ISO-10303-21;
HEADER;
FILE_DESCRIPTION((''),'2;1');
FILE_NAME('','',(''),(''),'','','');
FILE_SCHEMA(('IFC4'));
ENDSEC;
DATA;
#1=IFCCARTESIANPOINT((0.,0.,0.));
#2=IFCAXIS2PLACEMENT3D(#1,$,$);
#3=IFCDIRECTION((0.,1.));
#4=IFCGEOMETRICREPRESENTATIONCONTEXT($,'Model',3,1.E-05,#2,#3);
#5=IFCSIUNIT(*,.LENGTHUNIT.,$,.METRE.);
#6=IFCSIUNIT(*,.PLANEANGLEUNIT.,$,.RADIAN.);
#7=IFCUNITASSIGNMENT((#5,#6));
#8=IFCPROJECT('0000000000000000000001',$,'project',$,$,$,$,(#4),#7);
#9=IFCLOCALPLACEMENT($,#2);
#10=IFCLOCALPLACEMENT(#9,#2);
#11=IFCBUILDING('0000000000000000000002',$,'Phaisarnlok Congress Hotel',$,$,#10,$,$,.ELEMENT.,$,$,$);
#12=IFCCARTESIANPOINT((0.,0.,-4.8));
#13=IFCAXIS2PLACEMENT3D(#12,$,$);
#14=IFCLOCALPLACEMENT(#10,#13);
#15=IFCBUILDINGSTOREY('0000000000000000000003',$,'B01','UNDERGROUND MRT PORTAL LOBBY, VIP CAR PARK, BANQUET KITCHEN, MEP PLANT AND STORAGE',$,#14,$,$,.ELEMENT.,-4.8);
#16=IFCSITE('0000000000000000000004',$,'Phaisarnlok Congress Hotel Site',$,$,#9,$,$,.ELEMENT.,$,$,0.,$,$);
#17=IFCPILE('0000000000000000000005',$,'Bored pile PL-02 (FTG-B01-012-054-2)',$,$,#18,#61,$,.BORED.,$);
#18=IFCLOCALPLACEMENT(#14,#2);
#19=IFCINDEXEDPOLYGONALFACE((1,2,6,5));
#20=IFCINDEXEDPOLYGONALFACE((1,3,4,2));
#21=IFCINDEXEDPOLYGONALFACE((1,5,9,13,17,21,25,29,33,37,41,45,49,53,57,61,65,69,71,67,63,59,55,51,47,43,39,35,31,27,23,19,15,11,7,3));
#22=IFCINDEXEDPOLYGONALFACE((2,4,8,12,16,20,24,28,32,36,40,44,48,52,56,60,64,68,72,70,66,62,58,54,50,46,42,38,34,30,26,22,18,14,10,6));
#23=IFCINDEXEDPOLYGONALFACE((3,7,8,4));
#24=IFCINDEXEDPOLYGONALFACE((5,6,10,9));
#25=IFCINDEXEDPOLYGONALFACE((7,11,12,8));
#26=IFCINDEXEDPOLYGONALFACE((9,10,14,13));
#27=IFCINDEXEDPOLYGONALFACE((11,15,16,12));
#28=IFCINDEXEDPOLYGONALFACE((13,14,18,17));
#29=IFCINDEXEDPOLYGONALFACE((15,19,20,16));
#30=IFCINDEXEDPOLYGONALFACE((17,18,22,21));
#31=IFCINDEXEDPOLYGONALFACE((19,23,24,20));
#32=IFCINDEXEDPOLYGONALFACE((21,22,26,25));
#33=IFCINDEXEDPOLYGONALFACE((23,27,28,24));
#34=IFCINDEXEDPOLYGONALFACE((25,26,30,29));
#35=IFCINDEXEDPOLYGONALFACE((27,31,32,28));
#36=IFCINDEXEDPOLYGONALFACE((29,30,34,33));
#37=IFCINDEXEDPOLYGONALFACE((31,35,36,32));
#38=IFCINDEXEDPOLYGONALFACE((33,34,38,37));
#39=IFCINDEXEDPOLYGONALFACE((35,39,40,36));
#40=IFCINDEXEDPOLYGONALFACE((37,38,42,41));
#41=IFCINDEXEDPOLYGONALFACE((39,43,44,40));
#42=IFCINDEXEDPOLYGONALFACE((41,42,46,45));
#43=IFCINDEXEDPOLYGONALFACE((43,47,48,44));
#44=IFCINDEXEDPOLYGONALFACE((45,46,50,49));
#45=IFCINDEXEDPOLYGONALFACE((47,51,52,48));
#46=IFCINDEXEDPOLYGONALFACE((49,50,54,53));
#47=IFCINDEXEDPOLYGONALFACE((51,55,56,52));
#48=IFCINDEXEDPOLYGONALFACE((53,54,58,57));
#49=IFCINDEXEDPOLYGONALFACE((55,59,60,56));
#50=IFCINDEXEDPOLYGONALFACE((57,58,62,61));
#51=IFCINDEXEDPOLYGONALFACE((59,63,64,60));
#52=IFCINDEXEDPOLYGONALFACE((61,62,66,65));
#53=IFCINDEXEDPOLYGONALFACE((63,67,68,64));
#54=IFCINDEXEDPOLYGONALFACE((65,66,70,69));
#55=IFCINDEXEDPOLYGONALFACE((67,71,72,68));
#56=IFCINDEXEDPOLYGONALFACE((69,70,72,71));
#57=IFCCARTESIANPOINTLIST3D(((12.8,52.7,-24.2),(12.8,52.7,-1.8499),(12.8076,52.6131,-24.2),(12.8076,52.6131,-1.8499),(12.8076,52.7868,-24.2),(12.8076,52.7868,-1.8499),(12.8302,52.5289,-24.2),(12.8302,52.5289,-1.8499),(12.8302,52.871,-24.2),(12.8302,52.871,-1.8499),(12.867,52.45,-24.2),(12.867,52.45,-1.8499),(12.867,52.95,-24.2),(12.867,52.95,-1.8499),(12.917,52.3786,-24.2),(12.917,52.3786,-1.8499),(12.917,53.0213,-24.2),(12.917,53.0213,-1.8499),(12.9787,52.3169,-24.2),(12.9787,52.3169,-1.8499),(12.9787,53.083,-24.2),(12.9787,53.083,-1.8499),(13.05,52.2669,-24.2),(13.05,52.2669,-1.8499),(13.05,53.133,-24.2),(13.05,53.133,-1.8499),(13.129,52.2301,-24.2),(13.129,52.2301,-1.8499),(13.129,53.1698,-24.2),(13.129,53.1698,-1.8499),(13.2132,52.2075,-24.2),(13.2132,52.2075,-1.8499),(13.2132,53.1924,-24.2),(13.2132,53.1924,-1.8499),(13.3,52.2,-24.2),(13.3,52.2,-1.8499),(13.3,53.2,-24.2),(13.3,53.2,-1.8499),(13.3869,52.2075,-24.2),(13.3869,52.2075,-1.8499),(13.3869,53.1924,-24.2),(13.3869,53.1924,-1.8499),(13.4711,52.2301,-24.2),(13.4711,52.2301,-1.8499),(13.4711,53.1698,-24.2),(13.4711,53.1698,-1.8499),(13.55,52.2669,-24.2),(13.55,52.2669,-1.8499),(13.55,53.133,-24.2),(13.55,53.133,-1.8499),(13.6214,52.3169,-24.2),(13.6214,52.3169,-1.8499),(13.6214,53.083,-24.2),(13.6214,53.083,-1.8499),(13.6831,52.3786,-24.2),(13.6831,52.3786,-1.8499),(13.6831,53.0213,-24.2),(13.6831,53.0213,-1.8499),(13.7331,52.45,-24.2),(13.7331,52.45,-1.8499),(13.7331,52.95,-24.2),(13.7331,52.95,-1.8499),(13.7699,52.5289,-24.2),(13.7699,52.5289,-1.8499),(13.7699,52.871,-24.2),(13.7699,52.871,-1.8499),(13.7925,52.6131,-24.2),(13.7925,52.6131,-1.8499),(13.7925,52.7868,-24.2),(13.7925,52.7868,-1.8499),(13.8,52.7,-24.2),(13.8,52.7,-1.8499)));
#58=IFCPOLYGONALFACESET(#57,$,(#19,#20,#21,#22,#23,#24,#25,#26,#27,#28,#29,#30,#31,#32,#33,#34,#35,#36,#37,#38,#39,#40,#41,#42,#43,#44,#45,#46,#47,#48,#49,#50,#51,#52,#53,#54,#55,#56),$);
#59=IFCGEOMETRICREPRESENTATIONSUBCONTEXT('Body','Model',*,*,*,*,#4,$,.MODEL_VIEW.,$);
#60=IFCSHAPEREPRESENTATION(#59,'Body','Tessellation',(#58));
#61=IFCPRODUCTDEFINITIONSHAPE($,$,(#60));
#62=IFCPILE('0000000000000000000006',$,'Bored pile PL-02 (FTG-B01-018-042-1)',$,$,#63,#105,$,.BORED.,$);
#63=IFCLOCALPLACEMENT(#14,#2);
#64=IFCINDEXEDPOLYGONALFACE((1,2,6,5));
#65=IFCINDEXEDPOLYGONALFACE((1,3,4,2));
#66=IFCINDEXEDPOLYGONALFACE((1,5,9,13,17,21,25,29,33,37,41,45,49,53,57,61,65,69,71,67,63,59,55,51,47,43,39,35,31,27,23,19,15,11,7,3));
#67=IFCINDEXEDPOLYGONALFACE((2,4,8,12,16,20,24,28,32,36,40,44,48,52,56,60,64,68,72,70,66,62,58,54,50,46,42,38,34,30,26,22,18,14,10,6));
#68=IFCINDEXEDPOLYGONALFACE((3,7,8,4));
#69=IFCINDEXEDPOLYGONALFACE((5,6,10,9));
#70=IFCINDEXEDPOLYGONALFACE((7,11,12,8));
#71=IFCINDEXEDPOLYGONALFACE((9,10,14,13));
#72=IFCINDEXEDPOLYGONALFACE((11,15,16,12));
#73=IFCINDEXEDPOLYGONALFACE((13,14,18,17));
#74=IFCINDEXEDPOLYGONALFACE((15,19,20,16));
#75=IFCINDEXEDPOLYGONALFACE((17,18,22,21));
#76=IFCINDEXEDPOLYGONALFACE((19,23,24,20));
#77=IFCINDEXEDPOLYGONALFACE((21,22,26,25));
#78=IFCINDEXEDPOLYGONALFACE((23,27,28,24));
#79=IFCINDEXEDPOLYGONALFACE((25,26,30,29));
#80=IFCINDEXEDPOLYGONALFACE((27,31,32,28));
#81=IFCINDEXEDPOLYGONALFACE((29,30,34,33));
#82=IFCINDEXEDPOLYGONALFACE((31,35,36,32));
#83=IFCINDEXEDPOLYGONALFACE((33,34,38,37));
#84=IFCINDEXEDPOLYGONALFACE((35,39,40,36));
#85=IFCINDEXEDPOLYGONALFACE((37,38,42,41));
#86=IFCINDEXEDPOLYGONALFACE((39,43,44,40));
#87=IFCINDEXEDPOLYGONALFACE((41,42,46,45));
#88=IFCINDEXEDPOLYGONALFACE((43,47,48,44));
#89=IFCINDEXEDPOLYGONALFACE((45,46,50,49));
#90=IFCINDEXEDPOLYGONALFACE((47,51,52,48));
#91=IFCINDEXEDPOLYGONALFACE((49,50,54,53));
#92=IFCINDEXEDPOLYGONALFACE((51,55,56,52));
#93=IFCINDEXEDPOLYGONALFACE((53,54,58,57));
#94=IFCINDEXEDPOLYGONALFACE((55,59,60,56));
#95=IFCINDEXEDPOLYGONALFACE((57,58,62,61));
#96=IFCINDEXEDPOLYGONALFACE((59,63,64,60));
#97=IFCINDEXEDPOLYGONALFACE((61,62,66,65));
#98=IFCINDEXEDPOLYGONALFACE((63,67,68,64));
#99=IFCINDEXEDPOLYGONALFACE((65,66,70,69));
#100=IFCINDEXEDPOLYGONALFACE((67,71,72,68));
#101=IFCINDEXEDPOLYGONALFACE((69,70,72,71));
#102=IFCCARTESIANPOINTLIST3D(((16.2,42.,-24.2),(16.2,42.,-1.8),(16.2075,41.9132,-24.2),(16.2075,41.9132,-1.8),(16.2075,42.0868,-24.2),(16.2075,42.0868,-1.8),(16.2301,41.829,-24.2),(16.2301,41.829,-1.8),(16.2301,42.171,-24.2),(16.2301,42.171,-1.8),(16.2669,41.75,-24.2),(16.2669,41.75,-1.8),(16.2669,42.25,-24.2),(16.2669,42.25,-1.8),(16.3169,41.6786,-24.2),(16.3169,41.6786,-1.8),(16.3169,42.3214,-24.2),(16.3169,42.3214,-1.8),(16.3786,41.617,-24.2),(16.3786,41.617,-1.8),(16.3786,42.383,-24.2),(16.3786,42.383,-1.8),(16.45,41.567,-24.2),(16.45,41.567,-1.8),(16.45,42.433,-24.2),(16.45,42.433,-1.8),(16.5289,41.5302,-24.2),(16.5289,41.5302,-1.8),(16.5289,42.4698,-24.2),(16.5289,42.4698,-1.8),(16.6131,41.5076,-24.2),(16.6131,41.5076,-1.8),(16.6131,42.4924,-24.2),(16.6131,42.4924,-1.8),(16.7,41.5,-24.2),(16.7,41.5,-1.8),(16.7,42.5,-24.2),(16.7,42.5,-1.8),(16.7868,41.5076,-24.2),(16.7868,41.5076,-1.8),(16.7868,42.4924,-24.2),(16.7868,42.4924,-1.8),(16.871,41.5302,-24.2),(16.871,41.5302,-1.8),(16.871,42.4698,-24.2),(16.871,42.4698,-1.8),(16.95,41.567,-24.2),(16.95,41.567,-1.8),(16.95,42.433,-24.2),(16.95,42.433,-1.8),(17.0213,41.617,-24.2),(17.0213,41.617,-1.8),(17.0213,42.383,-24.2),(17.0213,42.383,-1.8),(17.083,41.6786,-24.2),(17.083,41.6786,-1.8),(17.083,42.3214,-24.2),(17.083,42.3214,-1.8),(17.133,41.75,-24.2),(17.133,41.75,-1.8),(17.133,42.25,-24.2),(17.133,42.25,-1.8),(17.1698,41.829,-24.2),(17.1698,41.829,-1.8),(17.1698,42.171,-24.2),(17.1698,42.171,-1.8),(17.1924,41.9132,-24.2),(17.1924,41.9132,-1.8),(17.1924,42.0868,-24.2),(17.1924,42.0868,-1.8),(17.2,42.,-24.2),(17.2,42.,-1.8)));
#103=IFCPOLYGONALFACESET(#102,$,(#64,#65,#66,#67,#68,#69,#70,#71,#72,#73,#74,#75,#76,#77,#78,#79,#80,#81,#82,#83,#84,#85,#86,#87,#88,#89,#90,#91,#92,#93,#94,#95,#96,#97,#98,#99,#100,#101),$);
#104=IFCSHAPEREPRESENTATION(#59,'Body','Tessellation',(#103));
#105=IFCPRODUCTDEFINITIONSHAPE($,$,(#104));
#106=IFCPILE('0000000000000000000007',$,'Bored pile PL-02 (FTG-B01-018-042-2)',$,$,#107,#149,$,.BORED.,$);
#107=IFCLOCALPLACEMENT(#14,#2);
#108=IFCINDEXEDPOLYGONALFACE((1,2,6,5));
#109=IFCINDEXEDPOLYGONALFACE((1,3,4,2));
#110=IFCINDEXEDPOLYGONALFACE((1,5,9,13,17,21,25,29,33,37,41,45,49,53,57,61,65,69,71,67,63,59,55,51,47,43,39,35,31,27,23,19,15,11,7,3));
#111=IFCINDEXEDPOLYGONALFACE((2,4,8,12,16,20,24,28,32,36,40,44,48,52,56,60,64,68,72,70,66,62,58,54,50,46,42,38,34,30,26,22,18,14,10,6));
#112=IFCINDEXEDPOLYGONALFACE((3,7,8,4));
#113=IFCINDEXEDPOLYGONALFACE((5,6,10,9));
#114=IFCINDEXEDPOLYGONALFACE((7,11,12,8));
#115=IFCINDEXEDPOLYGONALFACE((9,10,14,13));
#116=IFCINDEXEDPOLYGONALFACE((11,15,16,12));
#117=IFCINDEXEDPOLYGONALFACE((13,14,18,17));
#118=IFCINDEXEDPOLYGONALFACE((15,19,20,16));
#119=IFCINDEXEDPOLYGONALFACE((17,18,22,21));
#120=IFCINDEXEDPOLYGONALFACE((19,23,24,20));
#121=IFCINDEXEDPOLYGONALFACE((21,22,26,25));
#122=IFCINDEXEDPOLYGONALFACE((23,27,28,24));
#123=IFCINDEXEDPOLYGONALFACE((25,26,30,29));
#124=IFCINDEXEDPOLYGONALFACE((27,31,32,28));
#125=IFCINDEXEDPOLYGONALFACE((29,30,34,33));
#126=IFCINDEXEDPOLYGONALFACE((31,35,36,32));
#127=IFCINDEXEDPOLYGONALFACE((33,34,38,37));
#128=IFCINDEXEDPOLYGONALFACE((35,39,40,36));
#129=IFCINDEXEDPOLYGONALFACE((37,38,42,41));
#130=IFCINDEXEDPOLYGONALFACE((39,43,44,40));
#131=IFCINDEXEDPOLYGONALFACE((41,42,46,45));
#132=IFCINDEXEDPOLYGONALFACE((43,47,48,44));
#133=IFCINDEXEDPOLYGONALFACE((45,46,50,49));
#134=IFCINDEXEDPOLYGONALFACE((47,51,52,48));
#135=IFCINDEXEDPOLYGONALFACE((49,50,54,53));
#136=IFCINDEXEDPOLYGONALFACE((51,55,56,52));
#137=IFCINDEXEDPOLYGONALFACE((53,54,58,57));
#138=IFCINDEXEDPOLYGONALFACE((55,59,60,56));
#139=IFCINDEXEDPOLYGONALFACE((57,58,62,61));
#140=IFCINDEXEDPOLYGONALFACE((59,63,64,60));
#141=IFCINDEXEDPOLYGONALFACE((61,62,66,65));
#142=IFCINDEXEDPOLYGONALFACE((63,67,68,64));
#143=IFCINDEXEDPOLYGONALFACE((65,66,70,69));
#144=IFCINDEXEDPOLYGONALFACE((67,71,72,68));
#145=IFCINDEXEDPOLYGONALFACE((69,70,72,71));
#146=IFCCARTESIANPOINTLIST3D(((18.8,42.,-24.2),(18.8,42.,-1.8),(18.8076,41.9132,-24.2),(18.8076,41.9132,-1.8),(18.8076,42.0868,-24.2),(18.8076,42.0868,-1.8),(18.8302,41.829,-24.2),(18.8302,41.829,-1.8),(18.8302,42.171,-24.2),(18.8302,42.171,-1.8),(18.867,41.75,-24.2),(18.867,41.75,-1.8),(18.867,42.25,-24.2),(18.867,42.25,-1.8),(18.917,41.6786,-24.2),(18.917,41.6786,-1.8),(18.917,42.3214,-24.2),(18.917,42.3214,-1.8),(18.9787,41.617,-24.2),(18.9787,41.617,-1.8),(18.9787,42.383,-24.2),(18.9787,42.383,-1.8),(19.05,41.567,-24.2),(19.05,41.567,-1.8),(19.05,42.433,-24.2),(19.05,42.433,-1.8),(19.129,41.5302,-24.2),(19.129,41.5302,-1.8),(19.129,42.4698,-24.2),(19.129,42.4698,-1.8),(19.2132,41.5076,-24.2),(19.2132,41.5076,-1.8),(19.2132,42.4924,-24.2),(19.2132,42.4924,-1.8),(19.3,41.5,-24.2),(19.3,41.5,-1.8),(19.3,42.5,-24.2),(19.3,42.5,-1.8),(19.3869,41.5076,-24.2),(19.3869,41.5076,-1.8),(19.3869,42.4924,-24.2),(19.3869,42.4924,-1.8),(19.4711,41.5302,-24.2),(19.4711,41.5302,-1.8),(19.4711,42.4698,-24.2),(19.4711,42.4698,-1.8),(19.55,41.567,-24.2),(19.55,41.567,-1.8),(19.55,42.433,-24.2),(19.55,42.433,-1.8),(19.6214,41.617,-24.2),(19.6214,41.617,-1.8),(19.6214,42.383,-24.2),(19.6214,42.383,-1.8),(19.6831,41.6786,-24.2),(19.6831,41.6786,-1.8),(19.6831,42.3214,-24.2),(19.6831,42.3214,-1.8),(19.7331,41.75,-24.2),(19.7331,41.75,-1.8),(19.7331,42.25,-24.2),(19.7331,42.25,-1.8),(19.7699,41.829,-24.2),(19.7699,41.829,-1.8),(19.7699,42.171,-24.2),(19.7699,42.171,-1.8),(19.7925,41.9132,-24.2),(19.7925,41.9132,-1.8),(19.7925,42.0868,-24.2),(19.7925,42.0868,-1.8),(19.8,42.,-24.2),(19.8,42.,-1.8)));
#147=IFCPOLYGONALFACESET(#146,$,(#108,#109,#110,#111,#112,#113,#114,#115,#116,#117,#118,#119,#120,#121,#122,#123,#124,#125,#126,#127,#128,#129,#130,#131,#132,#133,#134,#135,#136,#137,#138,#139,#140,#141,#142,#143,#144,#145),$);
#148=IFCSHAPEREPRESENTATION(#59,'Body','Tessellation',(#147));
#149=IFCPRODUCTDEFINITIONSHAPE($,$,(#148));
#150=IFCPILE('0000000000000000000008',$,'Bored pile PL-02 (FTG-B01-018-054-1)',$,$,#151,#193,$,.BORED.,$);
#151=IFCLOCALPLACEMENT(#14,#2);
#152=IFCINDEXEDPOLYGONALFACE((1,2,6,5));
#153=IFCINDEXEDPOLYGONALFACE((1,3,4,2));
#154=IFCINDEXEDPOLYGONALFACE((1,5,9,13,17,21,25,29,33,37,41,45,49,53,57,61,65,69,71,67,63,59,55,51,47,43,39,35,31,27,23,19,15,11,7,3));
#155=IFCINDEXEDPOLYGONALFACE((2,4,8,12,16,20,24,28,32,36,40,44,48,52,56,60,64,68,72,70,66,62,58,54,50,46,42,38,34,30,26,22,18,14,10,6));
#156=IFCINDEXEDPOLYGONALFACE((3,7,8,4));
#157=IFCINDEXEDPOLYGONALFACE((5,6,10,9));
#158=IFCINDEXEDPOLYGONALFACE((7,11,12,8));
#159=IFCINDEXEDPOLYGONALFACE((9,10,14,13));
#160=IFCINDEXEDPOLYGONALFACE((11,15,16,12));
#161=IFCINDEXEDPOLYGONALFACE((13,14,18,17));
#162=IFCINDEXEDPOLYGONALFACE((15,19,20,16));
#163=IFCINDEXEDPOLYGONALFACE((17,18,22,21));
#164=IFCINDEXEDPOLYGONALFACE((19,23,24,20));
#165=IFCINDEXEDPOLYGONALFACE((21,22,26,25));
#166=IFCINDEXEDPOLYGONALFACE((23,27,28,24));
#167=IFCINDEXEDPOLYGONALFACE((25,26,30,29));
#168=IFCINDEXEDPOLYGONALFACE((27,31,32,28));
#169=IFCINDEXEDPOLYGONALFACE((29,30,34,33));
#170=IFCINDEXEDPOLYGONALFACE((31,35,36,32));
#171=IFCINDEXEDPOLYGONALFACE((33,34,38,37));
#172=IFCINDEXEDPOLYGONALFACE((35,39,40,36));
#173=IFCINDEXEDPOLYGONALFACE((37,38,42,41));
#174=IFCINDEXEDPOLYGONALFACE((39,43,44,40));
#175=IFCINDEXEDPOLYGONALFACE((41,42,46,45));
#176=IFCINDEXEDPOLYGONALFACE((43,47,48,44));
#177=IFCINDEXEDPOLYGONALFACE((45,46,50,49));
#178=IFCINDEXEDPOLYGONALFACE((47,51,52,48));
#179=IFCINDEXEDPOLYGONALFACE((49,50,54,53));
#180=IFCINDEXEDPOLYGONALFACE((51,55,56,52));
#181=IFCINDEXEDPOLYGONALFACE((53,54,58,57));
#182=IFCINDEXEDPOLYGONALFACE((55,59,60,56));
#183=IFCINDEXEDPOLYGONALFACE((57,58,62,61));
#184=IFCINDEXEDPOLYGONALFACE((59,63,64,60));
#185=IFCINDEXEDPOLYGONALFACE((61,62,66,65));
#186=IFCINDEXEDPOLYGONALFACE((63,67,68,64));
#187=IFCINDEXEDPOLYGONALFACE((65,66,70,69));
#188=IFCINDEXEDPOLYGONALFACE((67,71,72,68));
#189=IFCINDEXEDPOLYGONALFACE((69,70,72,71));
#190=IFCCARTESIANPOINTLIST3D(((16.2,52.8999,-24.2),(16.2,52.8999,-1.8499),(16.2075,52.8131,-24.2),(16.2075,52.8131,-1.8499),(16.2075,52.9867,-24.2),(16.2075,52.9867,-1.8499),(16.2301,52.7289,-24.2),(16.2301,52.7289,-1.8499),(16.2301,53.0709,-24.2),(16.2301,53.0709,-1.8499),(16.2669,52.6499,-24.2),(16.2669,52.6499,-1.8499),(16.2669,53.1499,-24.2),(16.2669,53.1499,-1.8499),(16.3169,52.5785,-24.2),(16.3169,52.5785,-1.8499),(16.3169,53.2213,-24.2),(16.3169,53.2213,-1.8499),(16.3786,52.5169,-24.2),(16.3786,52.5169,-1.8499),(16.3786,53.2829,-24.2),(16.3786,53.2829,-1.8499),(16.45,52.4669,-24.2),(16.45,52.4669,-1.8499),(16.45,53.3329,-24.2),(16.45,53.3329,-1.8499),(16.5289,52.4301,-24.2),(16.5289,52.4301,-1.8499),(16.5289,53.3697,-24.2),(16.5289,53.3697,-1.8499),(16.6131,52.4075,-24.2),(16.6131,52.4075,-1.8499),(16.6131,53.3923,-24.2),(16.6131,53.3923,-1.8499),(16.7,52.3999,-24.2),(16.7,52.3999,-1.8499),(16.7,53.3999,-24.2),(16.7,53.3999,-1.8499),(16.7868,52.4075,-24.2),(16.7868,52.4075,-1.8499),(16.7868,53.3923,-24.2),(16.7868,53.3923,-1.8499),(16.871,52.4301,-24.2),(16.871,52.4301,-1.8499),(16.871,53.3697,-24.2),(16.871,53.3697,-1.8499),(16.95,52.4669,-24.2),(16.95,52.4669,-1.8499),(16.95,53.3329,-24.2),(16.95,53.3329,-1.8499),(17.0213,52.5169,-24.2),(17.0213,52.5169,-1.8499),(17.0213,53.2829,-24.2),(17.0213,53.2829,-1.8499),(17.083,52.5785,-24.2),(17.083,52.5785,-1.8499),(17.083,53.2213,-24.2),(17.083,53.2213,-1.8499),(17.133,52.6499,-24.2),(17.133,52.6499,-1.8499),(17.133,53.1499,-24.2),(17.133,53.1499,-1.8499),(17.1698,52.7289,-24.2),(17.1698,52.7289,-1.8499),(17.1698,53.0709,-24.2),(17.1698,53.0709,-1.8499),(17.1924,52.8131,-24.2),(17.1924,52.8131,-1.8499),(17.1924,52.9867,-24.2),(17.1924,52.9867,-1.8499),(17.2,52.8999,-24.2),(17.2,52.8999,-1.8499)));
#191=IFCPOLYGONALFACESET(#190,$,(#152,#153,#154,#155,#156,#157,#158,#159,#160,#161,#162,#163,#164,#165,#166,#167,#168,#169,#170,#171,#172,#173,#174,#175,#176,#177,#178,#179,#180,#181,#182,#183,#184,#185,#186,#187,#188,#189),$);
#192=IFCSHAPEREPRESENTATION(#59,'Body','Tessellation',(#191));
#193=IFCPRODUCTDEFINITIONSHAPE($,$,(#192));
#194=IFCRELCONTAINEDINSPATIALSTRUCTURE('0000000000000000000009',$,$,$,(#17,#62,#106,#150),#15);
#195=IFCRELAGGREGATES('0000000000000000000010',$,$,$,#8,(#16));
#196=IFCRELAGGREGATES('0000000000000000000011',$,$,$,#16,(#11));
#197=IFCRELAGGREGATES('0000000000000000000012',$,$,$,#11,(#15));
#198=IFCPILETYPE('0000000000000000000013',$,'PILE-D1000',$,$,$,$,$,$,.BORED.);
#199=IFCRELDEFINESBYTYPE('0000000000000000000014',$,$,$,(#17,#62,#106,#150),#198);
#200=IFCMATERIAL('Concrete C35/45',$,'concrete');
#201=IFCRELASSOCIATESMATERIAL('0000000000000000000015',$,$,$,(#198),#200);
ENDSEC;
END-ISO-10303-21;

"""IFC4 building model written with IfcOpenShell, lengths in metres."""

from ifc_helpers import new_model, si_unit, direction, frame, origin, origin_2d, place, context, subcontext, project, spatial, circle, extrude, material, material_profile, profile_set, type_object, element, save


model = new_model("IFC4")

# Units and contexts
model_context = context("Model", 3, precision=1e-05, world=origin(), true_north=direction((0.0, 1.0)))
body_context = subcontext(model_context, "Body", "Model", "MODEL_VIEW")
ifc_project = project(units=[si_unit("LENGTHUNIT", "METRE"), si_unit("PLANEANGLEUNIT", "RADIAN")], contexts=[model_context])

# Site, building, storey
site_placement = place(None, origin())
site = spatial("IfcSite", under=ifc_project, at=site_placement, Name="Phaisarnlok Congress Hotel Site", CompositionType="ELEMENT", RefElevation=0.0)
building_placement = place(site_placement, origin())
building = spatial("IfcBuilding", under=site, at=building_placement, Name="Phaisarnlok Congress Hotel", CompositionType="ELEMENT")
storey_placement = place(building_placement, frame((0.0, 0.0, -4.8)))
storey = spatial("IfcBuildingStorey", under=building, at=storey_placement, Name="B01", Description="UNDERGROUND MRT PORTAL LOBBY, VIP CAR PARK, BANQUET KITCHEN, MEP PLANT AND STORAGE", CompositionType="ELEMENT", Elevation=-4.8)

# Piles
ifc_material_1 = material(Name="Concrete C35/45", Category="concrete")
ifc_material_profile_1 = material_profile(ifc_material_1, circle(Radius=0.5, at=origin_2d()), Name="BORED PILE D1000")
ifc_profile_set_1 = profile_set([ifc_material_profile_1], Name="Concrete C35/45")
pile_type_1 = type_object("IfcPileType", Name="PILE-D1000", PredefinedType="BORED", material=ifc_profile_set_1)
for number, where, z_axis, x_axis, name in (
    (1, (13.3, 52.7, -1.8499), (0.0, 0.0, -1.0), (1.0, 0.0, 0.0), "Bored pile PL-02 (FTG-B01-012-054-2)"),
):
    element("IfcPile", number, at=place(storey_placement, frame(where, z_axis=z_axis, x_axis=x_axis)), inside=storey, type_object=pile_type_1, Name=name, PredefinedType="BORED", context=body_context, shape_type="SweptSolid", body=[
        extrude(circle(Radius=0.5, at=origin_2d()), origin(), (0.0, 0.0, 1.0), 22.3501),
    ])
for number, where, z_axis, x_axis, name in (
    (2, (16.7, 42.0, -1.8), (0.0, 0.0, -1.0), (1.0, 0.0, 0.0), "Bored pile PL-02 (FTG-B01-018-042-1)"),
    (3, (19.3, 42.0, -1.8), (0.0, 0.0, -1.0), (1.0, 0.0, 0.0), "Bored pile PL-02 (FTG-B01-018-042-2)"),
):
    element("IfcPile", number, at=place(storey_placement, frame(where, z_axis=z_axis, x_axis=x_axis)), inside=storey, type_object=pile_type_1, Name=name, PredefinedType="BORED", context=body_context, shape_type="SweptSolid", body=[
        extrude(circle(Radius=0.5, at=origin_2d()), origin(), (0.0, 0.0, 1.0), 22.3999),
    ])
for number, where, z_axis, x_axis, name in (
    (4, (16.7, 52.8999, -1.8499), (0.0, 0.0, -1.0), (1.0, 0.0, 0.0), "Bored pile PL-02 (FTG-B01-018-054-1)"),
):
    element("IfcPile", number, at=place(storey_placement, frame(where, z_axis=z_axis, x_axis=x_axis)), inside=storey, type_object=pile_type_1, Name=name, PredefinedType="BORED", context=body_context, shape_type="SweptSolid", body=[
        extrude(circle(Radius=0.5, at=origin_2d()), origin(), (0.0, 0.0, 1.0), 22.3501),
    ])

save(model, "model.ifc")
